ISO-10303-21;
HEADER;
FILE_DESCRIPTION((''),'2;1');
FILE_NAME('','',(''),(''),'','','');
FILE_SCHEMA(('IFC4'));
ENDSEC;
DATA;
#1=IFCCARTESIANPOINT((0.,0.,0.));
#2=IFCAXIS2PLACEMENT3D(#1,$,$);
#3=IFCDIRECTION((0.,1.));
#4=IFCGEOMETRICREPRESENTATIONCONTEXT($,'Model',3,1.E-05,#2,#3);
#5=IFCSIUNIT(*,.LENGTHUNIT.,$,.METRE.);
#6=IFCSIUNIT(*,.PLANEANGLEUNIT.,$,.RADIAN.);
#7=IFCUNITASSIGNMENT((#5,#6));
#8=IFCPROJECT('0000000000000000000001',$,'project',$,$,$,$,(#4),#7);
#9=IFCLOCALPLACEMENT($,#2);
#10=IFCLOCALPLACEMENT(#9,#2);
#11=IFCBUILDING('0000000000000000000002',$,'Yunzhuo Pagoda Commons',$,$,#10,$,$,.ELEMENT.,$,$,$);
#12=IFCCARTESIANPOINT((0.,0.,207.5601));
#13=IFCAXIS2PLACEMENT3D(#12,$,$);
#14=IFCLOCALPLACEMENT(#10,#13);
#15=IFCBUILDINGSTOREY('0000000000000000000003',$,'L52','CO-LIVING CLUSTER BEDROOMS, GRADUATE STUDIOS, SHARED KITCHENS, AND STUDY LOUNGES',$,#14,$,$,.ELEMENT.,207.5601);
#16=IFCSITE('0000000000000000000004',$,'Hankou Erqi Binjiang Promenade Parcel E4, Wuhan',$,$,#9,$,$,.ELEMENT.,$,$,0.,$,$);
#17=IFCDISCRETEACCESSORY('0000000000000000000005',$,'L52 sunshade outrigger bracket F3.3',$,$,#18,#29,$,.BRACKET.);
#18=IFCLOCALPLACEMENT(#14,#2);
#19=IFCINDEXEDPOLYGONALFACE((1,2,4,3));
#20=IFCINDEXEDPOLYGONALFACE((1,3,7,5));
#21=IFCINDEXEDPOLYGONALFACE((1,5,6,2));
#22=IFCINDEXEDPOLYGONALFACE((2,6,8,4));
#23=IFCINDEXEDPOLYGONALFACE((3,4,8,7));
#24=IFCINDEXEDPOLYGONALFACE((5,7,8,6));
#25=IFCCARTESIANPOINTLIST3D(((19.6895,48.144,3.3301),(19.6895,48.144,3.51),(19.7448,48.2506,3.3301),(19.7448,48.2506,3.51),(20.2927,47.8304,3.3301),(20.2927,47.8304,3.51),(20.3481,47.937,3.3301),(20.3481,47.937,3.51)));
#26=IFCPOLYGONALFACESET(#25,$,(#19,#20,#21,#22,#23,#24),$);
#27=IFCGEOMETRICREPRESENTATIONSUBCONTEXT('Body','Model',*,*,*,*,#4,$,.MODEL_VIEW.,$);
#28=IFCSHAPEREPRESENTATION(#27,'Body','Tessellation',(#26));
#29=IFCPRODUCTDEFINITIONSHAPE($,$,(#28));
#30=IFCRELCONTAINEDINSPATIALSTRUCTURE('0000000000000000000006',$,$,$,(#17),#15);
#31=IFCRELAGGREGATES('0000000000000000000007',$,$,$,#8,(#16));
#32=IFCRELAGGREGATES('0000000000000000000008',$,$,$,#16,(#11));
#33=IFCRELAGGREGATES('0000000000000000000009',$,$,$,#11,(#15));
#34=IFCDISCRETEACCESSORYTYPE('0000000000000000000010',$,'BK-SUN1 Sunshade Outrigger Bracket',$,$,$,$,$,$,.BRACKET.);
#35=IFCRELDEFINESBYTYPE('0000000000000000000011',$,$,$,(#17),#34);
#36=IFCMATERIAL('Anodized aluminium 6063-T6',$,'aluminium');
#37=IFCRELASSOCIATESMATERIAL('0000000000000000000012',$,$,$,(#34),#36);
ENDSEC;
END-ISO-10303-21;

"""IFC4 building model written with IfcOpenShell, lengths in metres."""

from ifc_helpers import new_model, si_unit, direction, frame, origin, origin_2d, place, context, subcontext, project, spatial, rectangle, extrude, source, transform, mapped, material, type_object, element, save


model = new_model("IFC4")

# Units and contexts
model_context = context("Model", 3, precision=1e-05, world=origin(), true_north=direction((0.0, 1.0)))
body_context = subcontext(model_context, "Body", "Model", "MODEL_VIEW")
ifc_project = project(units=[si_unit("LENGTHUNIT", "METRE"), si_unit("PLANEANGLEUNIT", "RADIAN")], contexts=[model_context])

# Site, building, storey
site_placement = place(None, origin())
site = spatial("IfcSite", under=ifc_project, at=site_placement, Name="Hankou Erqi Binjiang Promenade Parcel E4, Wuhan", CompositionType="ELEMENT", RefElevation=0.0)
building_placement = place(site_placement, origin())
building = spatial("IfcBuilding", under=site, at=building_placement, Name="Yunzhuo Pagoda Commons", CompositionType="ELEMENT")
storey_placement = place(building_placement, frame((0.0, 0.0, 207.5601)))
storey = spatial("IfcBuildingStorey", under=building, at=storey_placement, Name="L52", Description="CO-LIVING CLUSTER BEDROOMS, GRADUATE STUDIOS, SHARED KITCHENS, AND STUDY LOUNGES", CompositionType="ELEMENT", Elevation=207.5601)

# Shared definitions
ifc_material_1 = material(Name="Anodized aluminium 6063-T6", Category="aluminium")

# Discrete accessory
discrete_accessory_type = type_object("IfcDiscreteAccessoryType", Name="BK-SUN1 Sunshade Outrigger Bracket", PredefinedType="BRACKET", material=ifc_material_1)
shared_shape_1 = source(origin(), body_context, "Body", "SweptSolid", [
    extrude(rectangle(XDim=0.1201, YDim=0.6799, at=origin_2d()), origin(), (0.0, 0.0, 1.0), 0.1799),
])
discrete_accessory_placement = place(storey_placement, frame((20.0188, 48.0405, 3.3301), z_axis=(0.0, 0.0, 1.0), x_axis=(-0.461207, -0.887293, 0.0)))
element("IfcDiscreteAccessory", 1, at=discrete_accessory_placement, inside=storey, type_object=discrete_accessory_type, Name="L52 sunshade outrigger bracket F3.3", PredefinedType="BRACKET", context=body_context, shape_type="MappedRepresentation", body=[
    mapped(shared_shape_1, transform((0.0, 0.0, 0.0), scale=1.0)),
])

save(model, "model.ifc")
